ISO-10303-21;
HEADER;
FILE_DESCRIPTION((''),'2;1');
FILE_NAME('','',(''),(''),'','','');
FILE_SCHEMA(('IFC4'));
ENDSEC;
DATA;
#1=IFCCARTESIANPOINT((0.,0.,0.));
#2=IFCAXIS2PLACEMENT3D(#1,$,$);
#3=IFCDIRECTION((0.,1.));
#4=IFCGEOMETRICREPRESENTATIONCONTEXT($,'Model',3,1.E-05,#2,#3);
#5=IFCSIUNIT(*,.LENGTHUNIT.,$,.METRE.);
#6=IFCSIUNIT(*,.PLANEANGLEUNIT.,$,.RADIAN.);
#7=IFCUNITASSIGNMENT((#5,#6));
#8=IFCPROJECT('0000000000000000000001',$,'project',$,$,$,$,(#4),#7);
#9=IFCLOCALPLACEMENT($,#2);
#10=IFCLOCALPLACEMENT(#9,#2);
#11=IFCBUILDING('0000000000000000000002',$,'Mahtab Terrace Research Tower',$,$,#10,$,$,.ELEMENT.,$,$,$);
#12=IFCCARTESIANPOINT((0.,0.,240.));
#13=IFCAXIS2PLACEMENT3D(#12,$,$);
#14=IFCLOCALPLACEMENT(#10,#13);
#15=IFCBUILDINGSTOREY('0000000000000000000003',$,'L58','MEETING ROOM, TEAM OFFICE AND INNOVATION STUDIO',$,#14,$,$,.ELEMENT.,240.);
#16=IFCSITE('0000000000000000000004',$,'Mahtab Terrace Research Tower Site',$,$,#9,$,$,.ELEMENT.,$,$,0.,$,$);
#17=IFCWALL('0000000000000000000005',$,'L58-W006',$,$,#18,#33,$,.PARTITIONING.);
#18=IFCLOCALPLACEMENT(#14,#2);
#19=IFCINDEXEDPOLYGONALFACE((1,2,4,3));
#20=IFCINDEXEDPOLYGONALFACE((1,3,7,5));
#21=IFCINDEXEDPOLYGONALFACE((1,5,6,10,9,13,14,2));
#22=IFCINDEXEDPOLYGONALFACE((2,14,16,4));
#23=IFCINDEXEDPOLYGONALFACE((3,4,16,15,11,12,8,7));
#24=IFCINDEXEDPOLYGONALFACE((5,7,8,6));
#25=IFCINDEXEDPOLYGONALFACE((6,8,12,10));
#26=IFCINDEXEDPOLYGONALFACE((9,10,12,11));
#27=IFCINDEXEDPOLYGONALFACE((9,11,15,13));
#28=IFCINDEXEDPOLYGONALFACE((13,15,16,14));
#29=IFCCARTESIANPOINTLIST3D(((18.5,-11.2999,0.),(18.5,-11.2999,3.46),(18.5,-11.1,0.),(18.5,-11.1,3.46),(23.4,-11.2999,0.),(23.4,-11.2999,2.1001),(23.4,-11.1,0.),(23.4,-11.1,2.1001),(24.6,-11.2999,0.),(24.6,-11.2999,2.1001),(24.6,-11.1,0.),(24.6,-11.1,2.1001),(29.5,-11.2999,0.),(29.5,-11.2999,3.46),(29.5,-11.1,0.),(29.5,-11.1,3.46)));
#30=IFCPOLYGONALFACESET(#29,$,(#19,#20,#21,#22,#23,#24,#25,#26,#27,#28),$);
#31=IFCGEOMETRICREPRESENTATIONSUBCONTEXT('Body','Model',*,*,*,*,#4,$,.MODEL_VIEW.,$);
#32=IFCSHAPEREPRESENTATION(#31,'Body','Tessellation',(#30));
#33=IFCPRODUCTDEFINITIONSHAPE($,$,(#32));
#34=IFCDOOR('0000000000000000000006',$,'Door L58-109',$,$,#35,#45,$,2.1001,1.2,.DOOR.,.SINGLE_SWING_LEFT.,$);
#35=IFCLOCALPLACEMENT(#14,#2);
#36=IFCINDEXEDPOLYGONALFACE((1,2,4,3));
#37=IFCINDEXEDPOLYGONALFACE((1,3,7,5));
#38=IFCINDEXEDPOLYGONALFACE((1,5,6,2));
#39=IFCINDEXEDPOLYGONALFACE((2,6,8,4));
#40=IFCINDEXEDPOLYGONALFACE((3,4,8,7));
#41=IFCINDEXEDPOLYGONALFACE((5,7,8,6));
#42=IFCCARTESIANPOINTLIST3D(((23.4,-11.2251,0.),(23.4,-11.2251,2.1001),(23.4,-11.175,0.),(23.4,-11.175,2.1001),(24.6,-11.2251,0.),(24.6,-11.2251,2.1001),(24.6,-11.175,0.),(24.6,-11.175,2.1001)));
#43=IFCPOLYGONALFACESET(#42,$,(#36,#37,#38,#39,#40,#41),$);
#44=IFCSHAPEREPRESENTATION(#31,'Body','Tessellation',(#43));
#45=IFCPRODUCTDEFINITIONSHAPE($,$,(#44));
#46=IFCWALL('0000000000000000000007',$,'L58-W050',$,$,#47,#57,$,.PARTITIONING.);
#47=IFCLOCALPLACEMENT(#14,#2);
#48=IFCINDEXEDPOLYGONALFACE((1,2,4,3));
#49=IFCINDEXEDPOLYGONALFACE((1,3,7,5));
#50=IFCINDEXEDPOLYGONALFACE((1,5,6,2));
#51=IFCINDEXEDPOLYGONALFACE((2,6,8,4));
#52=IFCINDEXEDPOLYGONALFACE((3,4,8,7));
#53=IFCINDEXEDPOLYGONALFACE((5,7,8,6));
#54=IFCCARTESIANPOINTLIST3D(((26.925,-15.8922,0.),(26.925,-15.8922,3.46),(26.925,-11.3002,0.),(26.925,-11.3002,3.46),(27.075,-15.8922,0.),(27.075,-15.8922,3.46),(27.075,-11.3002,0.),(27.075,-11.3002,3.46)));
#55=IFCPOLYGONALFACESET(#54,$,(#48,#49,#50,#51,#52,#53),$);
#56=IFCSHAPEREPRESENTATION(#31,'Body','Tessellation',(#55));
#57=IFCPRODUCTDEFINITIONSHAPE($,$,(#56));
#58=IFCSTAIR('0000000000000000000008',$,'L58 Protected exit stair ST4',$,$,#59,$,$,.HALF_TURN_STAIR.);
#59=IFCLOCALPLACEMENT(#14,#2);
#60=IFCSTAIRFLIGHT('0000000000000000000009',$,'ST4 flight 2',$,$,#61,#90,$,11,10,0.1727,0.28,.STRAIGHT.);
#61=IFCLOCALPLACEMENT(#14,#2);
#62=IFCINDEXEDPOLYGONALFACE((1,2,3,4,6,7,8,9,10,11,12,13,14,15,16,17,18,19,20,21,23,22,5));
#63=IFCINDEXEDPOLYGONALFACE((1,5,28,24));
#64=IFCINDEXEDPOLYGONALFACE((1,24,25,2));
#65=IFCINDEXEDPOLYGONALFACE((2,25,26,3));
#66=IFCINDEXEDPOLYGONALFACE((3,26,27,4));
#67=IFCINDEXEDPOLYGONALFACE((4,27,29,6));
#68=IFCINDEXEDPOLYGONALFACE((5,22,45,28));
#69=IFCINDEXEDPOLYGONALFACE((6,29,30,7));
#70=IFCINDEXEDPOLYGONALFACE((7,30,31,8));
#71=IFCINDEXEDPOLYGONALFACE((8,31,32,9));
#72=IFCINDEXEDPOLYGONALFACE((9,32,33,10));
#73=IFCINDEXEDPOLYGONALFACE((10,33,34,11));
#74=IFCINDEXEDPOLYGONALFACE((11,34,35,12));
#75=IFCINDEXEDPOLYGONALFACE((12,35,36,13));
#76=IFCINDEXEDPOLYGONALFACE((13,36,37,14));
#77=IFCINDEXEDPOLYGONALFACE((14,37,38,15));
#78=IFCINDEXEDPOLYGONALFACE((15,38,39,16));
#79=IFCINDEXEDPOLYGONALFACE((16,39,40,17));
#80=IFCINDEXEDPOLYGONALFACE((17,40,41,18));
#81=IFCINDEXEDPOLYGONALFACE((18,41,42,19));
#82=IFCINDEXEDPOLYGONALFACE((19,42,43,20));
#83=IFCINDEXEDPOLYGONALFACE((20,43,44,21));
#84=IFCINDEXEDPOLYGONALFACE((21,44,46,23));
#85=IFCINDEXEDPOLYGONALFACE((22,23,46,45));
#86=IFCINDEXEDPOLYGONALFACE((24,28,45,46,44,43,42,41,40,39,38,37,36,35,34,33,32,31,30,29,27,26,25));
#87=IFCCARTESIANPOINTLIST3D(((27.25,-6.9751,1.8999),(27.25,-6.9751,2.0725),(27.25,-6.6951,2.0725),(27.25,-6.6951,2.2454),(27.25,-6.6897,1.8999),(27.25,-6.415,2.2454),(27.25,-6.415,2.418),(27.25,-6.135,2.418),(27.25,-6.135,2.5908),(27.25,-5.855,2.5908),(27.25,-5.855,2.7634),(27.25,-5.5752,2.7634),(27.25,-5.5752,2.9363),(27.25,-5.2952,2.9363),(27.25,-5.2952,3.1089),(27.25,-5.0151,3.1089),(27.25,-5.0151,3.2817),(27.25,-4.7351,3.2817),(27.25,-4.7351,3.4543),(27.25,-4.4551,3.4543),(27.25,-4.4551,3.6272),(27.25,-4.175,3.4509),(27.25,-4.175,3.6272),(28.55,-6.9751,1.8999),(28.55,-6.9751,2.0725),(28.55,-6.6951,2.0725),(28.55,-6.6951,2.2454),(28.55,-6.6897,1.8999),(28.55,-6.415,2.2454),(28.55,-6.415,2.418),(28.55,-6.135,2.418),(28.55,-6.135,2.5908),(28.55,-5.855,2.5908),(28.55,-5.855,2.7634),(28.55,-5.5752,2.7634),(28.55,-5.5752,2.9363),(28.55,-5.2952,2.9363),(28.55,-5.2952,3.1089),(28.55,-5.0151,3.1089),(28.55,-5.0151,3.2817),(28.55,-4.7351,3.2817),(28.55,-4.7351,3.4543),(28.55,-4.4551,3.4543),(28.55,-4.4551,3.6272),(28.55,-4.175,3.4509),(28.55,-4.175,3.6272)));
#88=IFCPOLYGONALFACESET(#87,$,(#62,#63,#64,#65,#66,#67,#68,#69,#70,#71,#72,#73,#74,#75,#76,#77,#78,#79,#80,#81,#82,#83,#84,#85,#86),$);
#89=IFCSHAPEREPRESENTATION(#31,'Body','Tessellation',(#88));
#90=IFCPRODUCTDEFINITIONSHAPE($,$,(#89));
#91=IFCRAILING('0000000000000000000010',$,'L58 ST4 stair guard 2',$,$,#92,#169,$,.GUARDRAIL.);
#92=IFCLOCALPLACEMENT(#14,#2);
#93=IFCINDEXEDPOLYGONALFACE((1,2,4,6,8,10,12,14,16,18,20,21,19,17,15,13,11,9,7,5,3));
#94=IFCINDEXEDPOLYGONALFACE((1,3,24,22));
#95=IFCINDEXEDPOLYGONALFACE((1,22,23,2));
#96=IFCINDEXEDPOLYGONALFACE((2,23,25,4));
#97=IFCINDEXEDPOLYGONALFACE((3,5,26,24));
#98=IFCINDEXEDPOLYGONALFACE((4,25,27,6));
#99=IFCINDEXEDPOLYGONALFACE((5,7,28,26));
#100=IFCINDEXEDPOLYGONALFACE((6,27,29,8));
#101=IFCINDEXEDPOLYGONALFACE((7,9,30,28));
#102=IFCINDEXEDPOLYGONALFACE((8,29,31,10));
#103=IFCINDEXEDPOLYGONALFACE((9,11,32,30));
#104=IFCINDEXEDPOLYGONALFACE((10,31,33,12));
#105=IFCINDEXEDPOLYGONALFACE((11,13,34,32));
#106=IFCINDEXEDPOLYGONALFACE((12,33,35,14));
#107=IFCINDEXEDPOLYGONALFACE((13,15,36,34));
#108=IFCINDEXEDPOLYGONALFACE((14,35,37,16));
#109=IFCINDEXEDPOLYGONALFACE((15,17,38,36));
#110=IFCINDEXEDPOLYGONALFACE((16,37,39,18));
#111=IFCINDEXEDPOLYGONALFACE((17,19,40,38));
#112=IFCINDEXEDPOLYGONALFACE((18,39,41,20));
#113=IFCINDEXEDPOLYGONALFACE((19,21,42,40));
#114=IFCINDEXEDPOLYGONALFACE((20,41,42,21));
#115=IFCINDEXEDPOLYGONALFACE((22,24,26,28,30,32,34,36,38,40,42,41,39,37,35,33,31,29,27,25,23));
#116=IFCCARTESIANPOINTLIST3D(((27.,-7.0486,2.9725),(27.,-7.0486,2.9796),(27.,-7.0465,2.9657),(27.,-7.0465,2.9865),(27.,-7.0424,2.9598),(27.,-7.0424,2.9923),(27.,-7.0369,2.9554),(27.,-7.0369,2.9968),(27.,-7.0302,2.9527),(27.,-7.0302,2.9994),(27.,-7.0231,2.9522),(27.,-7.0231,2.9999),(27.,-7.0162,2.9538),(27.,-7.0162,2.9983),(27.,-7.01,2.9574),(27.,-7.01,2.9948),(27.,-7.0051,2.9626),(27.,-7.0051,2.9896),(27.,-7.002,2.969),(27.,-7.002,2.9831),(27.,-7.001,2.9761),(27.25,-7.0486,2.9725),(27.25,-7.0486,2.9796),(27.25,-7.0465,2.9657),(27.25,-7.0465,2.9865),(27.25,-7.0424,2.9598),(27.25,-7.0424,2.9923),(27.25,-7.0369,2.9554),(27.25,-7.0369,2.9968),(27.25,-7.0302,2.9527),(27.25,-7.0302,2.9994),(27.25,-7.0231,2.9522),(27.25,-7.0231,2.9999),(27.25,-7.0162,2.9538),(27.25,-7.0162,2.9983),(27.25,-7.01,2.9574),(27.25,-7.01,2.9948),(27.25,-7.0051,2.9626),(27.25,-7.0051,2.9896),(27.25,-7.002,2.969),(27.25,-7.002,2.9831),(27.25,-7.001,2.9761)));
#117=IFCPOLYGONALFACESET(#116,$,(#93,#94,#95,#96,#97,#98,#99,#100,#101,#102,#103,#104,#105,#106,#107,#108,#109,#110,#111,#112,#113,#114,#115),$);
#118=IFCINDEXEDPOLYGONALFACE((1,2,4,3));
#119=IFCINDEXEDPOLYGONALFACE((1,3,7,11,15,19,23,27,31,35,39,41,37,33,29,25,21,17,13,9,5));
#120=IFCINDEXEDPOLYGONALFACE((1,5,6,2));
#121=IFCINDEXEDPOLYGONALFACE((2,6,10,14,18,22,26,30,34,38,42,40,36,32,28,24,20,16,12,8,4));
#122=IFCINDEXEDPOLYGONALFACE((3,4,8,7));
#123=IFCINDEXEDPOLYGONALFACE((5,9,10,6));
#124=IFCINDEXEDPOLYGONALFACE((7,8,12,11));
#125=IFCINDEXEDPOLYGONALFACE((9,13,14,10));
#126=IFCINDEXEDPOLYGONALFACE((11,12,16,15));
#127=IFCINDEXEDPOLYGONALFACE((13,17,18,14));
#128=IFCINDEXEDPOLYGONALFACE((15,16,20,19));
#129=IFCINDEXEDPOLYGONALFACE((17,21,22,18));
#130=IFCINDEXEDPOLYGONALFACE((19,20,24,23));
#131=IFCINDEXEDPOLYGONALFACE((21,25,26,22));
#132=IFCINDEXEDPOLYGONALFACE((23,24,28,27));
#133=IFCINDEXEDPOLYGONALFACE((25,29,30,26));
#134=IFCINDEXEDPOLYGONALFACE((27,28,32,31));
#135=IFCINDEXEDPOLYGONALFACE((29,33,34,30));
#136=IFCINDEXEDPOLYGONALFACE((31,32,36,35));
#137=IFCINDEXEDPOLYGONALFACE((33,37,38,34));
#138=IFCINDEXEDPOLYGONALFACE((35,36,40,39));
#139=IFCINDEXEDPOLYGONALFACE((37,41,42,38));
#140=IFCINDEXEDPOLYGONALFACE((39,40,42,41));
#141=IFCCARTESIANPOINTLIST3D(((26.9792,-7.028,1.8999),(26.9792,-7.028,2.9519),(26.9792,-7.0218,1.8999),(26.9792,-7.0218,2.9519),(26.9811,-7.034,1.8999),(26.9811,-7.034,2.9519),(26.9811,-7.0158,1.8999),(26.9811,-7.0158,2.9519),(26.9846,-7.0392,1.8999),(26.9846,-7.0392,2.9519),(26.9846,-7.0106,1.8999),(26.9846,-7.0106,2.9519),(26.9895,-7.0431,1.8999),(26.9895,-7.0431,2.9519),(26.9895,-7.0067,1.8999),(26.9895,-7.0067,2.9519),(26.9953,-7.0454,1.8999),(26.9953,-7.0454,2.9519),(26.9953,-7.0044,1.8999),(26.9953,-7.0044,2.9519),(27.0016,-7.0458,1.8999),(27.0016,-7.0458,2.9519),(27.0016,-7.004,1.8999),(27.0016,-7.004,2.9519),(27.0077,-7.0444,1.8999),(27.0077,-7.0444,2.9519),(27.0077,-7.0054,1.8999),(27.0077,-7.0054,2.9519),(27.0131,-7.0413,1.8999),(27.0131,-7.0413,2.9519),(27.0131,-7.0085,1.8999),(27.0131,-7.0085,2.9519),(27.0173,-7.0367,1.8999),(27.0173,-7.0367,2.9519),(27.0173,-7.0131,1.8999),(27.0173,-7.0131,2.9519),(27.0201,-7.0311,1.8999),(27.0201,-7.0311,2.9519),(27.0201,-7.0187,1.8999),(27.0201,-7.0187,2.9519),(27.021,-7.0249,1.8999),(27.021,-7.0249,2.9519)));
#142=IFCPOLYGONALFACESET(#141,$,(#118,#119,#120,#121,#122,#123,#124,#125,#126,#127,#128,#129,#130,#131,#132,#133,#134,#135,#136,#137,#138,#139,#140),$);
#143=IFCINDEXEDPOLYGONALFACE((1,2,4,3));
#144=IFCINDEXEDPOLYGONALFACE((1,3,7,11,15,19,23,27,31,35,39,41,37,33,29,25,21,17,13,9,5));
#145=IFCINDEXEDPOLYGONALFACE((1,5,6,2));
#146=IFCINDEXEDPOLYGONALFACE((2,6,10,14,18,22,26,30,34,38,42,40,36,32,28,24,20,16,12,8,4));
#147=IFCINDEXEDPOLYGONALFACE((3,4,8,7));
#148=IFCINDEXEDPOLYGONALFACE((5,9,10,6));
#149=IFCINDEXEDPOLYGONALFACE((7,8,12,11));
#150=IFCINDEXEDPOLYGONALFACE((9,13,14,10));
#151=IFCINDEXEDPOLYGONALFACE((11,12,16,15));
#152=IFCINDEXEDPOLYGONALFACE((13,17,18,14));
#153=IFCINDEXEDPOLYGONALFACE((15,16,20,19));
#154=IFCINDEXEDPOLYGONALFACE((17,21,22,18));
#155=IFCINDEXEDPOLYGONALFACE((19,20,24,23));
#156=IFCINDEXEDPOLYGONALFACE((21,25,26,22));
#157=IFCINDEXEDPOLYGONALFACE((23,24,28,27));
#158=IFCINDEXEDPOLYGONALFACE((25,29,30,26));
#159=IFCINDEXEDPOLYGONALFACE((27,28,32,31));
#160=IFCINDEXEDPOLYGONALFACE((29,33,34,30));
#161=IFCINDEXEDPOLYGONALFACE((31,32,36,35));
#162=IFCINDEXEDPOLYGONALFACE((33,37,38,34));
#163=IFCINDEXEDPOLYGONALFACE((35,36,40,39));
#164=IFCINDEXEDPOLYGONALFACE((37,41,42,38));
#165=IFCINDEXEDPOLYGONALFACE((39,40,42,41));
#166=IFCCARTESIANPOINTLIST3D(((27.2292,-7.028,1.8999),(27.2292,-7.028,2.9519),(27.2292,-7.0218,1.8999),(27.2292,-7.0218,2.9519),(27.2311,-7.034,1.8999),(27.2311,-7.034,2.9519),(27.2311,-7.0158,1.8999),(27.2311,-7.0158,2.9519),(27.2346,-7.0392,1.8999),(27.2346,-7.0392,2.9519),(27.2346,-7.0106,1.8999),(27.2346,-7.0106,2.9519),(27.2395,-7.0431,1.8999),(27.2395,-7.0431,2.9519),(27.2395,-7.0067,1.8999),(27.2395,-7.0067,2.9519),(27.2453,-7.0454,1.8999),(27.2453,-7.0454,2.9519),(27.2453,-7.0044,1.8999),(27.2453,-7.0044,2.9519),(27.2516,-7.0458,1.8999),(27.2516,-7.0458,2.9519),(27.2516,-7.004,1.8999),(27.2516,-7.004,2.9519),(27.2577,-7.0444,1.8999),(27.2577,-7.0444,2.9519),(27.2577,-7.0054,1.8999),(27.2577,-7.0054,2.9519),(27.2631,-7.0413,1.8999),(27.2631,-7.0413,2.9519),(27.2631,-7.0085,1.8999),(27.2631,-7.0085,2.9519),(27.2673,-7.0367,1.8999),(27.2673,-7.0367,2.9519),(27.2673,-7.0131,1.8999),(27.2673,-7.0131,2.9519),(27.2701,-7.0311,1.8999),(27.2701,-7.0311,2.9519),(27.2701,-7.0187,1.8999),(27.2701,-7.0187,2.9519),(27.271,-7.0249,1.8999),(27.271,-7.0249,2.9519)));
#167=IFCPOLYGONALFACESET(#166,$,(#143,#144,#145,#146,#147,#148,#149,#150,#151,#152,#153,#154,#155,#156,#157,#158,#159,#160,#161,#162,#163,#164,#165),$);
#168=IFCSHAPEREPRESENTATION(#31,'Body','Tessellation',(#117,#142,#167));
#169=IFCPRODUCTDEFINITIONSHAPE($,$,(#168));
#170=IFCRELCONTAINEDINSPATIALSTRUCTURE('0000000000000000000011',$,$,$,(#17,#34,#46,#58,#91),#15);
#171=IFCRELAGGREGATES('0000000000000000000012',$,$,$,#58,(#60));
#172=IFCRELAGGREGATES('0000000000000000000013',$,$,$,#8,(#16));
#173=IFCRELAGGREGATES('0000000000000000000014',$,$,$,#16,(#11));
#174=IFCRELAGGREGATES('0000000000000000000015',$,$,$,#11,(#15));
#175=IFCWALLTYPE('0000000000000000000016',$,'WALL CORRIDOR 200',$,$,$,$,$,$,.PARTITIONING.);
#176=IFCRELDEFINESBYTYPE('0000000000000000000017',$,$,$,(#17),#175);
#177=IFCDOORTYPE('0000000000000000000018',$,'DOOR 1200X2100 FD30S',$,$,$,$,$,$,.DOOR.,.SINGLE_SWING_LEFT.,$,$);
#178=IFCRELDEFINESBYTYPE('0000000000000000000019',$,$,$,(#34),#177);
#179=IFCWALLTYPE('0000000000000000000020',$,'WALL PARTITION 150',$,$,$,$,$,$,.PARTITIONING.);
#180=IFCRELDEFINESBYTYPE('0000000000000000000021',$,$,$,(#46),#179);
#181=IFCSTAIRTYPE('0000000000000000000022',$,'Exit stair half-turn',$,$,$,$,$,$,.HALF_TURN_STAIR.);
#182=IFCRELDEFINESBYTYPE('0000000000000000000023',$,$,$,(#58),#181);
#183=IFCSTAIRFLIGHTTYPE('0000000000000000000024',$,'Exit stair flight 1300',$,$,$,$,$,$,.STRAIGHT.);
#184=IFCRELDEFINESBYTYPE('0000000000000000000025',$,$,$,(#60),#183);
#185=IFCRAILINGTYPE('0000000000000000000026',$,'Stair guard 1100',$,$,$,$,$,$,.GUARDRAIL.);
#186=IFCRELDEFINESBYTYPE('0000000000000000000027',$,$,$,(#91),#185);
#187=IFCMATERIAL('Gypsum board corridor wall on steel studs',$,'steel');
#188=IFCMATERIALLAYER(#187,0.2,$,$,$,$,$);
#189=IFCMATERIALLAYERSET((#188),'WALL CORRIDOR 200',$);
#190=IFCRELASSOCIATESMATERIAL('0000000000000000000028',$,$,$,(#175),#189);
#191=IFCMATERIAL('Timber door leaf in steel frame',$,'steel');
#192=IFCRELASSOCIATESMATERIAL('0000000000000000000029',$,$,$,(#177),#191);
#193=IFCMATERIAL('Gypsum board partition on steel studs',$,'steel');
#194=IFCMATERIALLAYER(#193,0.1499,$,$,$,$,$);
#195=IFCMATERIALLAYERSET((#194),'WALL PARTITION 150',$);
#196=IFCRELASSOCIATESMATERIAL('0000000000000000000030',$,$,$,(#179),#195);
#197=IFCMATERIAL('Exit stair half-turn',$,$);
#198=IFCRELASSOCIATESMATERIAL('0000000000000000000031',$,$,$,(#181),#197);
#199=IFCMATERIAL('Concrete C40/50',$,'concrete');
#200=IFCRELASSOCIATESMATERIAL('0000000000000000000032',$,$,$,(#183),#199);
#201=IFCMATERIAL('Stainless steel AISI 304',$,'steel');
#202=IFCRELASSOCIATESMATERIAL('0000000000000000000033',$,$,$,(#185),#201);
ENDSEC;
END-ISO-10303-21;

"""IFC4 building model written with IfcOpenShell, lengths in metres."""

from ifc_helpers import new_model, si_unit, direction, frame, frame_2d, origin, origin_2d, place, context, subcontext, project, spatial, polyline, rectangle, circle, outline, extrude, material, layer, layer_set, type_object, element, fill, aggregate, save


model = new_model("IFC4")

# Units and contexts
model_context = context("Model", 3, precision=1e-05, world=origin(), true_north=direction((0.0, 1.0)))
body_context = subcontext(model_context, "Body", "Model", "MODEL_VIEW")
ifc_project = project(units=[si_unit("LENGTHUNIT", "METRE"), si_unit("PLANEANGLEUNIT", "RADIAN")], contexts=[model_context])

# Site, building, storey
site_placement = place(None, origin())
site = spatial("IfcSite", under=ifc_project, at=site_placement, Name="Mahtab Terrace Research Tower Site", CompositionType="ELEMENT", RefElevation=0.0)
building_placement = place(site_placement, origin())
building = spatial("IfcBuilding", under=site, at=building_placement, Name="Mahtab Terrace Research Tower", CompositionType="ELEMENT")
storey_placement = place(building_placement, frame((0.0, 0.0, 240.0)))
storey = spatial("IfcBuildingStorey", under=building, at=storey_placement, Name="L58", Description="MEETING ROOM, TEAM OFFICE AND INNOVATION STUDIO", CompositionType="ELEMENT", Elevation=240.0)

# Shared definitions
ifc_material_1 = material(Name="Stainless steel AISI 304", Category="steel")

# Wall, opening, door
ifc_material_2 = material(Name="Gypsum board corridor wall on steel studs", Category="steel")
ifc_layer_1 = layer(ifc_material_2, 0.2)
ifc_layer_set_1 = layer_set([ifc_layer_1], Name="WALL CORRIDOR 200")
wall_type_1 = type_object("IfcWallType", Name="WALL CORRIDOR 200", PredefinedType="PARTITIONING", material=ifc_layer_set_1)
wall_1_placement = place(storey_placement, frame((18.5, -11.2, 0.0), z_axis=(0.0, 0.0, 1.0), x_axis=(1.0, 0.0, 0.0)))
wall_1 = element("IfcWall", 1, at=wall_1_placement, inside=storey, type_object=wall_type_1, Name="L58-W006", PredefinedType="PARTITIONING", context=body_context, shape_type="SweptSolid", body=[
    extrude(rectangle(XDim=11.0, YDim=0.2, at=frame_2d((5.5, 0.0))), origin(), (0.0, 0.0, 1.0), 3.46),
])
opening_1_placement = place(wall_1_placement, frame((4.8999, 0.0, 0.0)))
opening_1 = element("IfcOpeningElement", 2, at=opening_1_placement, cuts=wall_1, PredefinedType="OPENING", context=body_context, shape_type="SweptSolid", body=[
    extrude(rectangle(XDim=1.2, YDim=2.1001, at=frame_2d((0.6001, 1.05))), frame((0.0, 0.1099, 0.0), z_axis=(0.0, -1.0, 0.0), x_axis=(1.0, 0.0, 0.0)), (0.0, 0.0, 1.0), 0.22),
])
ifc_material_3 = material(Name="Timber door leaf in steel frame", Category="steel")
door_type_1 = type_object("IfcDoorType", Name="DOOR 1200X2100 FD30S", OperationType="SINGLE_SWING_LEFT", PredefinedType="DOOR", material=ifc_material_3)
door_1_placement = place(opening_1_placement, origin())
door_1 = element("IfcDoor", 3, at=door_1_placement, inside=storey, type_object=door_type_1, Name="Door L58-109", OperationType="SINGLE_SWING_LEFT", OverallHeight=2.1001, OverallWidth=1.2, PredefinedType="DOOR", context=body_context, shape_type="SweptSolid", body=[
    extrude(rectangle(XDim=1.2, YDim=2.1001, at=frame_2d((0.6001, 1.05))), frame((0.0, 0.0249, 0.0), z_axis=(0.0, -1.0, 0.0), x_axis=(1.0, 0.0, 0.0)), (0.0, 0.0, 1.0), 0.05),
])
fill(opening_1, door_1)

# Wall
ifc_material_4 = material(Name="Gypsum board partition on steel studs", Category="steel")
ifc_layer_2 = layer(ifc_material_4, 0.1499)
ifc_layer_set_2 = layer_set([ifc_layer_2], Name="WALL PARTITION 150")
wall_type_2 = type_object("IfcWallType", Name="WALL PARTITION 150", PredefinedType="PARTITIONING", material=ifc_layer_set_2)
wall_2_placement = place(storey_placement, frame((27.0, -15.8921, 0.0), z_axis=(0.0, 0.0, 1.0), x_axis=(0.0, 1.0, 0.0)))
element("IfcWall", 4, at=wall_2_placement, inside=storey, type_object=wall_type_2, Name="L58-W050", PredefinedType="PARTITIONING", context=body_context, shape_type="SweptSolid", body=[
    extrude(rectangle(XDim=4.592, YDim=0.1499, at=frame_2d((2.2959, 0.0))), origin(), (0.0, 0.0, 1.0), 3.46),
])

# Stair, stair flight
ifc_material_5 = material(Name="Exit stair half-turn")
stair_type = type_object("IfcStairType", Name="Exit stair half-turn", PredefinedType="HALF_TURN_STAIR", material=ifc_material_5)
stair_placement = place(storey_placement, origin())
stair = element("IfcStair", 5, at=stair_placement, inside=storey, type_object=stair_type, Name="L58 Protected exit stair ST4", PredefinedType="HALF_TURN_STAIR")
ifc_material_6 = material(Name="Concrete C40/50", Category="concrete")
stair_flight_type = type_object("IfcStairFlightType", Name="Exit stair flight 1300", PredefinedType="STRAIGHT", material=ifc_material_6)
stair_flight_placement = place(storey_placement, frame((27.8999, -6.9751, 1.8999), z_axis=(0.0, 0.0, 1.0), x_axis=(0.0, 1.0, 0.0)))
stair_flight = element("IfcStairFlight", 6, at=stair_flight_placement, type_object=stair_flight_type, Name="ST4 flight 2", NumberOfRisers=11, NumberOfTreads=10, PredefinedType="STRAIGHT", RiserHeight=0.1727, TreadLength=0.28, context=body_context, shape_type="SweptSolid", body=[
    extrude(outline(polyline([(0.0, 0.0), (0.0, 0.1726), (0.28, 0.1726), (0.28, 0.3455), (0.5601, 0.3455), (0.5601, 0.5181), (0.8401, 0.5181), (0.8401, 0.6909), (1.1201, 0.6909), (1.1201, 0.8635), (1.3999, 0.8635), (1.3999, 1.0364), (1.6799, 1.0364), (1.6799, 1.209), (1.96, 1.209), (1.96, 1.3818), (2.24, 1.3818), (2.24, 1.5544), (2.52, 1.5544), (2.52, 1.7273), (2.8, 1.7273), (2.8, 1.8999), (2.8, 1.551), (0.2854, 0.0), (0.0, 0.0)])), frame((0.0, 0.6499, 0.0), z_axis=(0.0, -1.0, 0.0), x_axis=(1.0, 0.0, 0.0)), (0.0, 0.0, 1.0), 1.3),
])
aggregate(stair, [stair_flight])

# Railing
railing_type = type_object("IfcRailingType", Name="Stair guard 1100", PredefinedType="GUARDRAIL", material=ifc_material_1)
railing_1_placement = place(storey_placement, frame((27.0, -7.0249, 1.8999)))
element("IfcRailing", 7, at=railing_1_placement, inside=storey, type_object=railing_type, Name="L58 ST4 stair guard 2", PredefinedType="GUARDRAIL", context=body_context, shape_type="SweptSolid", body=[
    extrude(circle(Radius=0.0239, at=origin_2d()), frame((0.0, 0.0, 1.0762), z_axis=(1.0, 0.0, 0.0), x_axis=(0.0, 1.0, 0.0)), (0.0, 0.0, 1.0), 0.25),
    extrude(circle(Radius=0.021, at=origin_2d()), origin(), (0.0, 0.0, 1.0), 1.052),
    extrude(circle(Radius=0.021, at=origin_2d()), frame((0.25, 0.0, 0.0)), (0.0, 0.0, 1.0), 1.052),
])

save(model, "model.ifc")
